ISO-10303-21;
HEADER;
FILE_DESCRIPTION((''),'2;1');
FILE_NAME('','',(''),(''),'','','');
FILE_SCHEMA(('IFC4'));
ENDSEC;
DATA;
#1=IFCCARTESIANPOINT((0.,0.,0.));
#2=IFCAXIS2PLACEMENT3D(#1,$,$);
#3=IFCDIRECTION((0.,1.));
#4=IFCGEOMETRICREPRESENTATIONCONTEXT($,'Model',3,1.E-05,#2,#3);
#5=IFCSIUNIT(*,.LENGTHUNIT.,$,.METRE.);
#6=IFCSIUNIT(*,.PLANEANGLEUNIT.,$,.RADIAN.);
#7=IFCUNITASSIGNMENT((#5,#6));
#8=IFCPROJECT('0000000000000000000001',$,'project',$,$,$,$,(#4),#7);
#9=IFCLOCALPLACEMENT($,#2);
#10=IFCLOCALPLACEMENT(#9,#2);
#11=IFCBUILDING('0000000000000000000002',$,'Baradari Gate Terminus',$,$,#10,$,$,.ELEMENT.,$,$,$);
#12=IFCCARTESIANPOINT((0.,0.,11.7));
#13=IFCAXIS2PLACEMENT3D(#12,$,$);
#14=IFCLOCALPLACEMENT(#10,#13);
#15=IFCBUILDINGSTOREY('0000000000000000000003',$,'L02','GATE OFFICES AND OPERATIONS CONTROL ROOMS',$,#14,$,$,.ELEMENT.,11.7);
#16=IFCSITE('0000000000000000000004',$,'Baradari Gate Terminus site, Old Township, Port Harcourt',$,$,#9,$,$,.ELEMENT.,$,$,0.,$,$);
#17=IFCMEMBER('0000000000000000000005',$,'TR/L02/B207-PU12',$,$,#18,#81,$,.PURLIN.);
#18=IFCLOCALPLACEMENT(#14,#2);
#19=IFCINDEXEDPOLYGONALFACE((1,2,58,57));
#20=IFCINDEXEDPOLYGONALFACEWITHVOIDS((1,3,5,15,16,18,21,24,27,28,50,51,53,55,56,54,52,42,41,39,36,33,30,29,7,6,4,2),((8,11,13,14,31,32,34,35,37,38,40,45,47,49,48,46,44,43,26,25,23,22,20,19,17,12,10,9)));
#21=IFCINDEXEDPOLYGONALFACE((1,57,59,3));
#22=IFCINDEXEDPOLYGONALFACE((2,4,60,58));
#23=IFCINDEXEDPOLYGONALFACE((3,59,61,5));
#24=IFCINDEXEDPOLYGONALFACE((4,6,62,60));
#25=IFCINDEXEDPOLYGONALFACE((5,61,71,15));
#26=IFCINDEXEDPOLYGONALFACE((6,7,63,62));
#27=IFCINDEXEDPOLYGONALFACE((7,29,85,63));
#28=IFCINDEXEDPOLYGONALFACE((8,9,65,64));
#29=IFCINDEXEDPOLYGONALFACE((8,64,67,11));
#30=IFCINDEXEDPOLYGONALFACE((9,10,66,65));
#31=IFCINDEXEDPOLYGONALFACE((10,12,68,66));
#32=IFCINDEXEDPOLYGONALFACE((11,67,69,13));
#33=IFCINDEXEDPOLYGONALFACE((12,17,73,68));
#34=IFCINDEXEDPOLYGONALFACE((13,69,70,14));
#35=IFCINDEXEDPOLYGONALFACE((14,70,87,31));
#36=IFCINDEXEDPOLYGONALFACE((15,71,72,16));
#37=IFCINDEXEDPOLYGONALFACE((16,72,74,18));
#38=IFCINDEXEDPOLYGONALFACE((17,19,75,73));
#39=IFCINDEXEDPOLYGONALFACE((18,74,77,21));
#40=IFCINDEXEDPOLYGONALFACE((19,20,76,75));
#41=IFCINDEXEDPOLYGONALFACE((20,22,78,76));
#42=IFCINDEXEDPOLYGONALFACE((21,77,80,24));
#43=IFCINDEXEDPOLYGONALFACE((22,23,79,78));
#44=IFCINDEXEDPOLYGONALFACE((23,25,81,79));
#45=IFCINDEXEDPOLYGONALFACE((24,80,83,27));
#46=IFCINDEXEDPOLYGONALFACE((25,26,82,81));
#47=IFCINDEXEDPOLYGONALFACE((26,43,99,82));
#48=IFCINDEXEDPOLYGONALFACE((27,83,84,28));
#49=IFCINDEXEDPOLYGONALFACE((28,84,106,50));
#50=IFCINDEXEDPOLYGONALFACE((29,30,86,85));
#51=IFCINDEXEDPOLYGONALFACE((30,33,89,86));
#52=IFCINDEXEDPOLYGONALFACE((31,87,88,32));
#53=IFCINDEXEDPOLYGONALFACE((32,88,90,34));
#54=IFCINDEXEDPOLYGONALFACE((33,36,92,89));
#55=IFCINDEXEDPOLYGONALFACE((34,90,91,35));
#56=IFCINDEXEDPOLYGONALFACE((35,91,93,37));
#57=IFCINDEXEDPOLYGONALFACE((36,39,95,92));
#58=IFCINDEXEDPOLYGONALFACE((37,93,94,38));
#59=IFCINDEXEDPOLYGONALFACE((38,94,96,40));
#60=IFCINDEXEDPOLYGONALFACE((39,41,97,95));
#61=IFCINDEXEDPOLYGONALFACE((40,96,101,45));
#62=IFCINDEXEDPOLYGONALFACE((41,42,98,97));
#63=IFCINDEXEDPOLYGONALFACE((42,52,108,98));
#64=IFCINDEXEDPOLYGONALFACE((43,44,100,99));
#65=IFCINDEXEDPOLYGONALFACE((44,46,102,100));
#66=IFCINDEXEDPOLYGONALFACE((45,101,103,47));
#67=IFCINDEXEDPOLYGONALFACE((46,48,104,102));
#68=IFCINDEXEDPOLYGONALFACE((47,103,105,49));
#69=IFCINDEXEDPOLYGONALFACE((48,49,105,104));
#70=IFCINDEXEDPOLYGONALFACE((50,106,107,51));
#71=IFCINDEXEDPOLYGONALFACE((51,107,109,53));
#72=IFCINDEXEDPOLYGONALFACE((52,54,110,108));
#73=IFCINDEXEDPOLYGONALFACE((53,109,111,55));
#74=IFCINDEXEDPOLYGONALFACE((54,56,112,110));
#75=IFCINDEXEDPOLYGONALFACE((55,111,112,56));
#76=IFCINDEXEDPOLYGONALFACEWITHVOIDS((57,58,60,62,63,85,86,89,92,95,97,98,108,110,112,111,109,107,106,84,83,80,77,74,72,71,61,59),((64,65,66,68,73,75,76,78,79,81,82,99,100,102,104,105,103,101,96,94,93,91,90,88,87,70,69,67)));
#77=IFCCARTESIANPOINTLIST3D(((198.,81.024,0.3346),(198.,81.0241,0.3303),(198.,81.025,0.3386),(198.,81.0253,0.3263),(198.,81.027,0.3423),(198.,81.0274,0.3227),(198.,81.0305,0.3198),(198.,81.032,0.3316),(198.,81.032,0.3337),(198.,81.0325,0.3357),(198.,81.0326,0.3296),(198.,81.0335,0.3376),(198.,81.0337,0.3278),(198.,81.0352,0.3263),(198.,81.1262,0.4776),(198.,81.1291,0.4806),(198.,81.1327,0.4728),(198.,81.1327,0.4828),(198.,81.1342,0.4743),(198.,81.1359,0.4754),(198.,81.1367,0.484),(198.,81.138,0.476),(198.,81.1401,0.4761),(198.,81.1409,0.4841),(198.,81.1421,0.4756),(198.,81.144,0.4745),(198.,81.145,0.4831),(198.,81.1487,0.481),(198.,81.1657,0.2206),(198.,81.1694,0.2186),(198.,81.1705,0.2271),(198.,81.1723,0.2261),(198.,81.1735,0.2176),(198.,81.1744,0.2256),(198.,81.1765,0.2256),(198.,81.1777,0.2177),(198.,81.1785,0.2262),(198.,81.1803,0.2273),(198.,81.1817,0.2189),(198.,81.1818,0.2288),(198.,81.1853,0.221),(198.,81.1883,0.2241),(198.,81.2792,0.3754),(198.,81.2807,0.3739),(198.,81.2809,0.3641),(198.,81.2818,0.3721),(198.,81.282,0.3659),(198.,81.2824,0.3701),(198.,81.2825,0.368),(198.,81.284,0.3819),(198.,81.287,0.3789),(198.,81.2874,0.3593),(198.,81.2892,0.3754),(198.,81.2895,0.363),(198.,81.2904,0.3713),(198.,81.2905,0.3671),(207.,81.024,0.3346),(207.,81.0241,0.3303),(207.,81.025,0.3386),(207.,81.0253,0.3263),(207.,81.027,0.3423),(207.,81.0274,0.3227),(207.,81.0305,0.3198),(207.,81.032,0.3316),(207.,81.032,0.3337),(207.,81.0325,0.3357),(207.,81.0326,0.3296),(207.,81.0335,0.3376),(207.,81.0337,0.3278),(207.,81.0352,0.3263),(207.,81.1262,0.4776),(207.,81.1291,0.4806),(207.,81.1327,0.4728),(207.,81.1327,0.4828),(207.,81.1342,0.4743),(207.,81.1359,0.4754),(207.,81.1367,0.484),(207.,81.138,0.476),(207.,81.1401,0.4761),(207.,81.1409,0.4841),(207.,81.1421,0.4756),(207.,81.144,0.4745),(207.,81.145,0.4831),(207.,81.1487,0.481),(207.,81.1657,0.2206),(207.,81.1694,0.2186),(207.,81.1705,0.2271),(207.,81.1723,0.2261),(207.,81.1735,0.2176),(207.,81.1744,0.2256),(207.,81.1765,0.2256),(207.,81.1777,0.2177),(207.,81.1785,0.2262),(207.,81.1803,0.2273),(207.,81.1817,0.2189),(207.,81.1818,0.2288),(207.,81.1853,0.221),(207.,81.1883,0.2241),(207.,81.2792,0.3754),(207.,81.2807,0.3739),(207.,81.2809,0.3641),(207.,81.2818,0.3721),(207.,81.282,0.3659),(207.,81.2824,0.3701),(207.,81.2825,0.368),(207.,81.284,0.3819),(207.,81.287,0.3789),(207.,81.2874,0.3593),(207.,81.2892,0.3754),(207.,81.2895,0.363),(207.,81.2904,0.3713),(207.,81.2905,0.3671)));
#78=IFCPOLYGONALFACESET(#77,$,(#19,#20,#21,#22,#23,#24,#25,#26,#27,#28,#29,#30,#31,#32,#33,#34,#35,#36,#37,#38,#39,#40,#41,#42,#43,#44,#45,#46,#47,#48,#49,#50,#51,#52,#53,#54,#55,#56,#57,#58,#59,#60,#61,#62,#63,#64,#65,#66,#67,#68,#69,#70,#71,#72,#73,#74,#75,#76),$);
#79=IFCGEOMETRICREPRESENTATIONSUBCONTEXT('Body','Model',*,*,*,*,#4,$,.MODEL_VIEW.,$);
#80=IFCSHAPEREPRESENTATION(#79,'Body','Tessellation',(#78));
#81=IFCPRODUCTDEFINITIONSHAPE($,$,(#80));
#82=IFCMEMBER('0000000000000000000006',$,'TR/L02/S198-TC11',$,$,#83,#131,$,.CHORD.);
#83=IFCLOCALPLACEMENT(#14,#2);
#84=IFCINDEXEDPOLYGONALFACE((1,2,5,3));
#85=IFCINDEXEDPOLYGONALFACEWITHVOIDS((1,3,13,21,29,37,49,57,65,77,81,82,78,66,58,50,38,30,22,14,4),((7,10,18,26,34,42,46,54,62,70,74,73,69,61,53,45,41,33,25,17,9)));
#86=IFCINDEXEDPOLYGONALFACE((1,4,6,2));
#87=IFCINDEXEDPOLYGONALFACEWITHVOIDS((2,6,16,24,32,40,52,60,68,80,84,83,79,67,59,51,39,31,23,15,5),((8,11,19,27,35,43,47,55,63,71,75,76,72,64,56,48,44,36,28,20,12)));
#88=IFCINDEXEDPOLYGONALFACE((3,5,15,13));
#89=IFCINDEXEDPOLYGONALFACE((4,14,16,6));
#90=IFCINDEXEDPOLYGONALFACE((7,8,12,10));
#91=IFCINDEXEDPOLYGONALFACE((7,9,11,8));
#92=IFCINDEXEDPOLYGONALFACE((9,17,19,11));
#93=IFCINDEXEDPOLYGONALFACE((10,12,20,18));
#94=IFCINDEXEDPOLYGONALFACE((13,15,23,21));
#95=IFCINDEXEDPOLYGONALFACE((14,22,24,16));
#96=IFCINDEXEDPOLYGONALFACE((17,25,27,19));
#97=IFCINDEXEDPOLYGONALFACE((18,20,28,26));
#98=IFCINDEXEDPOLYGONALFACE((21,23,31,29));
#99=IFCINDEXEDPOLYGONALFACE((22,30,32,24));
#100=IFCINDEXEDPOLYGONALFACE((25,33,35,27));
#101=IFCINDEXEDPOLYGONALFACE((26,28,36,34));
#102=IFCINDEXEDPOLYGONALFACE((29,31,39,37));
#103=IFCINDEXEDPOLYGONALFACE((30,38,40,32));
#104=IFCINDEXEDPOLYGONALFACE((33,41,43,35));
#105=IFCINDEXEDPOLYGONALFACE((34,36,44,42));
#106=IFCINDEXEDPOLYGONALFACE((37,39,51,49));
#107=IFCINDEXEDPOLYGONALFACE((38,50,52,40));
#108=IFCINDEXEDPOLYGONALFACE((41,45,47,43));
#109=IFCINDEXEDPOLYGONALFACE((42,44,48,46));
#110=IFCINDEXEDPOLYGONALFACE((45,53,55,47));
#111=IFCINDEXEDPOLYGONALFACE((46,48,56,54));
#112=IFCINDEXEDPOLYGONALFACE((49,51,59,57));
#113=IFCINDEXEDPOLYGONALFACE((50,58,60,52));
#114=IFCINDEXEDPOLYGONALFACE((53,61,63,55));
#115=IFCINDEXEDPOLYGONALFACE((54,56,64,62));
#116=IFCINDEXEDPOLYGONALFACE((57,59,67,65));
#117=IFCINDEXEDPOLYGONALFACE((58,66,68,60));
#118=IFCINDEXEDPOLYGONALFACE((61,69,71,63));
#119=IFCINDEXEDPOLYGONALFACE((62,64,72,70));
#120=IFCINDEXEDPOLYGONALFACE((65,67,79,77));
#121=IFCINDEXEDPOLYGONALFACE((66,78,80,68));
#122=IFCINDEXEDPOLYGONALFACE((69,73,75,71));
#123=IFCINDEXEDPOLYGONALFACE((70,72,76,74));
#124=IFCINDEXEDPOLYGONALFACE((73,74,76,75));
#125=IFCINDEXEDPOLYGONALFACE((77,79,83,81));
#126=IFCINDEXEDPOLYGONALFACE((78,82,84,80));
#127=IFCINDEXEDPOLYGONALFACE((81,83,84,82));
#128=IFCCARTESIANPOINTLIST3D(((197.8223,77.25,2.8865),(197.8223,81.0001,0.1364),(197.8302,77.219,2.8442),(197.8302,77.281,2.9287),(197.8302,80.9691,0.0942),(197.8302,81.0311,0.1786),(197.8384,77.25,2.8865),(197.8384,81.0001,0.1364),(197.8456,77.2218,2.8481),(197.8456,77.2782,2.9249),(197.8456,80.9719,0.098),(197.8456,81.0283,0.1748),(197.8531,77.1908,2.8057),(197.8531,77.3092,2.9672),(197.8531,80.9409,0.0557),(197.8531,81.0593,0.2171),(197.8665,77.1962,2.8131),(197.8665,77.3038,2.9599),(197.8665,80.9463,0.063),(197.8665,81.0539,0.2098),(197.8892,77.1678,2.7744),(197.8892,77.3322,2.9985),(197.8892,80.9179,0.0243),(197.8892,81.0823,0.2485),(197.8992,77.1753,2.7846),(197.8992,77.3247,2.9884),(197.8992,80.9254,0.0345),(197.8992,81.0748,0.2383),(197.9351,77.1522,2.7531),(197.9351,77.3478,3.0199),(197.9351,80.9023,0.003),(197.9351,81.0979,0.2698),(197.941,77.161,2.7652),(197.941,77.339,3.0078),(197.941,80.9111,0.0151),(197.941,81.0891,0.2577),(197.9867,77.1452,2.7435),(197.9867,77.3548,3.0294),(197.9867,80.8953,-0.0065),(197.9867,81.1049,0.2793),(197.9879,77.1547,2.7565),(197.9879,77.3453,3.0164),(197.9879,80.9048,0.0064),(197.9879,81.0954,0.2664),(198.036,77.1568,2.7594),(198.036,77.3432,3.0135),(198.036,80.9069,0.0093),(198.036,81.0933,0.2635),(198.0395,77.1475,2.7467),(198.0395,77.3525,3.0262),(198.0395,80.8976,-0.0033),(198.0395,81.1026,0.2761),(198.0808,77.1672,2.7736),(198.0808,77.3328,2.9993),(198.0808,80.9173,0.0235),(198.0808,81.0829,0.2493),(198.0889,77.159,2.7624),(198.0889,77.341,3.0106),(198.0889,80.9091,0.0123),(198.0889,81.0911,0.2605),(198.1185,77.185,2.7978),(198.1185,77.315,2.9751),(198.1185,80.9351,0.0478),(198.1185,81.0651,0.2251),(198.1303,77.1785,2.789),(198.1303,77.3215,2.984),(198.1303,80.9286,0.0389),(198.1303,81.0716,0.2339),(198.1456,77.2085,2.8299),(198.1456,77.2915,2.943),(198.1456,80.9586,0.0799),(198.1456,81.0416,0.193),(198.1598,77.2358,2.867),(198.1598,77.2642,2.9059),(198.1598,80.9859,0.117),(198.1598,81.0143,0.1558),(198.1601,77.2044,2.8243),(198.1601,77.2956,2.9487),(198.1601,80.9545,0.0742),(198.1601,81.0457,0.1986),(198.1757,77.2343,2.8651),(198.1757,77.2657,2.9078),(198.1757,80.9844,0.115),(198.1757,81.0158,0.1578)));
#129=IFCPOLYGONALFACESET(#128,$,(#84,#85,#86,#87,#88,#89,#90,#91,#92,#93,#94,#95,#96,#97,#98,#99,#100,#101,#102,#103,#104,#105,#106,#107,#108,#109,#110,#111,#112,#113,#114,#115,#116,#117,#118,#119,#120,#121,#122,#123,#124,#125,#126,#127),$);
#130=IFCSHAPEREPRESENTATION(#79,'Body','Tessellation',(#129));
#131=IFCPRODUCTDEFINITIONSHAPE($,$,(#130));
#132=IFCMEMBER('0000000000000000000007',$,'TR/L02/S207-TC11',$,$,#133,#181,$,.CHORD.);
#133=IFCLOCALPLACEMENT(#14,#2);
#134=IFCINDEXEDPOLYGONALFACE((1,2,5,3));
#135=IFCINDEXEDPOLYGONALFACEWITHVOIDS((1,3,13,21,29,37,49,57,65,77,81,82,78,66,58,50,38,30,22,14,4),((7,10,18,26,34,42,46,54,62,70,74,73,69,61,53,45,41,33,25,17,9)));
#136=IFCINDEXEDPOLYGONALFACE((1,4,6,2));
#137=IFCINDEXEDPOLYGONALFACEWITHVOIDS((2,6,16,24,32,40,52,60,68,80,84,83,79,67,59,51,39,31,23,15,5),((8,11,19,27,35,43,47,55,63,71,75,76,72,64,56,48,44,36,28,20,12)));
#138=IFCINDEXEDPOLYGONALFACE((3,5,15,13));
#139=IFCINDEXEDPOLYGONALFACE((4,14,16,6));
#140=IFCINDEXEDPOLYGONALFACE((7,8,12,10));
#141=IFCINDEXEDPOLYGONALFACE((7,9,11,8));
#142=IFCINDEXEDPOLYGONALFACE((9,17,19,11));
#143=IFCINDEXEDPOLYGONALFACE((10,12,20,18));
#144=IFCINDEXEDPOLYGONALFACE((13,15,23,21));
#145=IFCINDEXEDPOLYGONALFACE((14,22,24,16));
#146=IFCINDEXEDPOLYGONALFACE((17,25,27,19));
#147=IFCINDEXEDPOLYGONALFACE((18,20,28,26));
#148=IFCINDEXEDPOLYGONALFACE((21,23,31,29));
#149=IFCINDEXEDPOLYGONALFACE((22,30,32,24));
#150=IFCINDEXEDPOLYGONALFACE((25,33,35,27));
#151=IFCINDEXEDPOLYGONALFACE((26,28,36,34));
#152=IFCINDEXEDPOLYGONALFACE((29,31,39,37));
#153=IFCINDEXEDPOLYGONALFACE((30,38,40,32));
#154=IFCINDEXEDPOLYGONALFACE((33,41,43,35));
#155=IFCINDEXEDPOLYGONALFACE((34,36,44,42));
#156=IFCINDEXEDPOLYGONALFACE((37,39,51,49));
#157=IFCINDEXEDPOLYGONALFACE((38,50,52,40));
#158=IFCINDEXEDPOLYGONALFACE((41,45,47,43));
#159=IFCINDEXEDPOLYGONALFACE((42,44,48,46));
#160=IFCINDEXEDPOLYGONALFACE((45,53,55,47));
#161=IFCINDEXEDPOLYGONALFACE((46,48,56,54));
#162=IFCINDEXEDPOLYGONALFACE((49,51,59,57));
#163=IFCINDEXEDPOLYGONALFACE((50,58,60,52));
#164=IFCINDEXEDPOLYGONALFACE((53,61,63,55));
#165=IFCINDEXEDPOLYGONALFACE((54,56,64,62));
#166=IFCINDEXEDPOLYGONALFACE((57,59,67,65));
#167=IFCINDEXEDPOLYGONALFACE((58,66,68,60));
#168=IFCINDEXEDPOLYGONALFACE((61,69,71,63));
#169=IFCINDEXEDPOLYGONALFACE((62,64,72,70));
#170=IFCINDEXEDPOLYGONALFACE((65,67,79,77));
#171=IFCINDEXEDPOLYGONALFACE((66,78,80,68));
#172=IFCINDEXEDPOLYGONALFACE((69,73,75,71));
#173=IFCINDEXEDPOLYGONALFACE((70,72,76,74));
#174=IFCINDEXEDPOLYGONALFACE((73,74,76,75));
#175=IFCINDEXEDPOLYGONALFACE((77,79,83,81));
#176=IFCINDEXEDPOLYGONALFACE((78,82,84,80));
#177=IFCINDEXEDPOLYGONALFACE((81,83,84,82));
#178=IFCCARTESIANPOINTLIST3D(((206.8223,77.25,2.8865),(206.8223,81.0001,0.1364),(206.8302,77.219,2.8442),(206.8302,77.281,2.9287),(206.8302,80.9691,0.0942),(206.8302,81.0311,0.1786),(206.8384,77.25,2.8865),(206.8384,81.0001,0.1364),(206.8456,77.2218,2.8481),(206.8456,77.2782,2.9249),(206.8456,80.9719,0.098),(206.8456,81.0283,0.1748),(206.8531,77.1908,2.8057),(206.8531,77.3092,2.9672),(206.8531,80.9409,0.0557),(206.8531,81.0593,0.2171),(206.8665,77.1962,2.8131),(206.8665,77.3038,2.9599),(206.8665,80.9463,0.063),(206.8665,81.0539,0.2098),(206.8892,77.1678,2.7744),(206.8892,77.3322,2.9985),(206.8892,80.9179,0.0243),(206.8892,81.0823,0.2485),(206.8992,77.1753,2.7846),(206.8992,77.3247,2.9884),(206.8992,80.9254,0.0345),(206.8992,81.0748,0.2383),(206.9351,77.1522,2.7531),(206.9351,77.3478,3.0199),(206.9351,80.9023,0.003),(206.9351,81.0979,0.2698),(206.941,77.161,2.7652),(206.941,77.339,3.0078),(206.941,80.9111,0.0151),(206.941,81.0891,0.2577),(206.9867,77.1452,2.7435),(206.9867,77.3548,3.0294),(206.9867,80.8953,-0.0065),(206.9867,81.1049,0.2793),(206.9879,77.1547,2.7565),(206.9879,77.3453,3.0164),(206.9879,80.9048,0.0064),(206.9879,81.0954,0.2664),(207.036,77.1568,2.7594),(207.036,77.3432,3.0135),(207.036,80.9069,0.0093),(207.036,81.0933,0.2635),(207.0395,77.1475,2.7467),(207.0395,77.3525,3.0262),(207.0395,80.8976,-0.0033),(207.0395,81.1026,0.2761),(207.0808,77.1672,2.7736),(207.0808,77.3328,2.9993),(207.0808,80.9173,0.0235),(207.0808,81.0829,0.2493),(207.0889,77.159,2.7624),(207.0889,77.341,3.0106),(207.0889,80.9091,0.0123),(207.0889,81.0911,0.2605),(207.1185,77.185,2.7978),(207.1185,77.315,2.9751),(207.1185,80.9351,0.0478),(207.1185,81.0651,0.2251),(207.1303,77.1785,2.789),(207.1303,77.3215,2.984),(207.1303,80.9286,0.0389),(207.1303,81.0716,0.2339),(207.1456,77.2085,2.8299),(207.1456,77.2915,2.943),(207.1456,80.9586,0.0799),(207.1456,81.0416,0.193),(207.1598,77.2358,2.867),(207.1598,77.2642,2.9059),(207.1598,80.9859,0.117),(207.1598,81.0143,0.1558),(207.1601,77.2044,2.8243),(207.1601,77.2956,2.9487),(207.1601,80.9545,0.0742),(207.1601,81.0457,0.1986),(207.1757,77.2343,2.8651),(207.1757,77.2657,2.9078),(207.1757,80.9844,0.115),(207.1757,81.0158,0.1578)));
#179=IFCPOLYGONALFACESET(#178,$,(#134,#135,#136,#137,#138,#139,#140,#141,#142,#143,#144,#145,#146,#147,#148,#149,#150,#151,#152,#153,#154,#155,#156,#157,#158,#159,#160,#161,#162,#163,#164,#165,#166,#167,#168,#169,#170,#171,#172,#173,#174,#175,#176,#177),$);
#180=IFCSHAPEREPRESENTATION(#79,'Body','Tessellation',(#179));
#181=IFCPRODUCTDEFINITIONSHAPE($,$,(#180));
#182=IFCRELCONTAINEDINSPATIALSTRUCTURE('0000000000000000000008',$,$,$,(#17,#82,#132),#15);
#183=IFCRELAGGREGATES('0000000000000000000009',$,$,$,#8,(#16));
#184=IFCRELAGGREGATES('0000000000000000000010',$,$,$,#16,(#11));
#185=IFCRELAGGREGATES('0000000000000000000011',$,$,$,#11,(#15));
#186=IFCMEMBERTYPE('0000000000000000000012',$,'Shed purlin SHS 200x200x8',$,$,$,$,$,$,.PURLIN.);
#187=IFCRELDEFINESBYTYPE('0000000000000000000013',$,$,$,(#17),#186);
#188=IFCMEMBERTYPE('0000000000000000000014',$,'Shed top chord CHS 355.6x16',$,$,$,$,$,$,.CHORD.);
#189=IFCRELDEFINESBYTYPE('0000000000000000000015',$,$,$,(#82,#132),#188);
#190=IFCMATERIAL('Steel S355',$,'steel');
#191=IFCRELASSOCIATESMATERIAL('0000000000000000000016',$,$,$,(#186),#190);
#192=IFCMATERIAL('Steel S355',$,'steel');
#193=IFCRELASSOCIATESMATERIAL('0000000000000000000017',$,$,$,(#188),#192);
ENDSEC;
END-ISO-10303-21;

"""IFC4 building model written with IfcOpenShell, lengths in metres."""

from ifc_helpers import new_model, si_unit, direction, frame, origin, origin_2d, place, context, subcontext, project, spatial, hollow_rectangle, hollow_circle, extrude, material, material_profile, profile_set, type_object, element, save


model = new_model("IFC4")

# Units and contexts
model_context = context("Model", 3, precision=1e-05, world=origin(), true_north=direction((0.0, 1.0)))
body_context = subcontext(model_context, "Body", "Model", "MODEL_VIEW")
ifc_project = project(units=[si_unit("LENGTHUNIT", "METRE"), si_unit("PLANEANGLEUNIT", "RADIAN")], contexts=[model_context])

# Site, building, storey
site_placement = place(None, origin())
site = spatial("IfcSite", under=ifc_project, at=site_placement, Name="Baradari Gate Terminus site, Old Township, Port Harcourt", CompositionType="ELEMENT", RefElevation=0.0)
building_placement = place(site_placement, origin())
building = spatial("IfcBuilding", under=site, at=building_placement, Name="Baradari Gate Terminus", CompositionType="ELEMENT")
storey_placement = place(building_placement, frame((0.0, 0.0, 11.7)))
storey = spatial("IfcBuildingStorey", under=building, at=storey_placement, Name="L02", Description="GATE OFFICES AND OPERATIONS CONTROL ROOMS", CompositionType="ELEMENT", Elevation=11.7)

# Members
ifc_material_1 = material(Name="Steel S355", Category="steel")
ifc_material_profile_1 = material_profile(ifc_material_1, hollow_rectangle(XDim=0.2, YDim=0.2, WallThickness=0.0081, InnerFilletRadius=0.0081, OuterFilletRadius=0.0161, at=origin_2d()), Name="SHS 200x200x8")
ifc_profile_set_1 = profile_set([ifc_material_profile_1], Name="Steel S355")
member_type_1 = type_object("IfcMemberType", Name="Shed purlin SHS 200x200x8", PredefinedType="PURLIN", material=ifc_profile_set_1)
for number, where, z_axis, x_axis, name in (
    (1, (198.0, 81.1572, 0.3508), (1.0, 0.0, 0.0), (0.0, 0.806405, -0.591364), "TR/L02/B207-PU12"),
):
    element("IfcMember", number, at=place(storey_placement, frame(where, z_axis=z_axis, x_axis=x_axis)), inside=storey, type_object=member_type_1, Name=name, PredefinedType="PURLIN", context=body_context, shape_type="SweptSolid", body=[
        extrude(hollow_rectangle(XDim=0.2, YDim=0.2, WallThickness=0.0081, InnerFilletRadius=0.0081, OuterFilletRadius=0.0161, at=origin_2d()), origin(), (0.0, 0.0, 1.0), 9.0),
    ])
ifc_material_2 = material(Name="Steel S355", Category="steel")
ifc_material_profile_2 = material_profile(ifc_material_2, hollow_circle(Radius=0.1777, WallThickness=0.0161, at=origin_2d()), Name="CHS 355.6x16")
ifc_profile_set_2 = profile_set([ifc_material_profile_2], Name="Steel S355")
member_type_2 = type_object("IfcMemberType", Name="Shed top chord CHS 355.6x16", PredefinedType="CHORD", material=ifc_profile_set_2)
for number, where, z_axis, x_axis, name in (
    (2, (198.0, 77.25, 2.8865), (0.0, 0.806405, -0.591364), (-1.0, 0.0, 0.0), "TR/L02/S198-TC11"),
    (3, (207.0, 77.25, 2.8865), (0.0, 0.806405, -0.591364), (-1.0, 0.0, 0.0), "TR/L02/S207-TC11"),
):
    element("IfcMember", number, at=place(storey_placement, frame(where, z_axis=z_axis, x_axis=x_axis)), inside=storey, type_object=member_type_2, Name=name, PredefinedType="CHORD", context=body_context, shape_type="SweptSolid", body=[
        extrude(hollow_circle(Radius=0.1777, WallThickness=0.0161, at=origin_2d()), origin(), (0.0, 0.0, 1.0), 4.6504),
    ])

save(model, "model.ifc")
